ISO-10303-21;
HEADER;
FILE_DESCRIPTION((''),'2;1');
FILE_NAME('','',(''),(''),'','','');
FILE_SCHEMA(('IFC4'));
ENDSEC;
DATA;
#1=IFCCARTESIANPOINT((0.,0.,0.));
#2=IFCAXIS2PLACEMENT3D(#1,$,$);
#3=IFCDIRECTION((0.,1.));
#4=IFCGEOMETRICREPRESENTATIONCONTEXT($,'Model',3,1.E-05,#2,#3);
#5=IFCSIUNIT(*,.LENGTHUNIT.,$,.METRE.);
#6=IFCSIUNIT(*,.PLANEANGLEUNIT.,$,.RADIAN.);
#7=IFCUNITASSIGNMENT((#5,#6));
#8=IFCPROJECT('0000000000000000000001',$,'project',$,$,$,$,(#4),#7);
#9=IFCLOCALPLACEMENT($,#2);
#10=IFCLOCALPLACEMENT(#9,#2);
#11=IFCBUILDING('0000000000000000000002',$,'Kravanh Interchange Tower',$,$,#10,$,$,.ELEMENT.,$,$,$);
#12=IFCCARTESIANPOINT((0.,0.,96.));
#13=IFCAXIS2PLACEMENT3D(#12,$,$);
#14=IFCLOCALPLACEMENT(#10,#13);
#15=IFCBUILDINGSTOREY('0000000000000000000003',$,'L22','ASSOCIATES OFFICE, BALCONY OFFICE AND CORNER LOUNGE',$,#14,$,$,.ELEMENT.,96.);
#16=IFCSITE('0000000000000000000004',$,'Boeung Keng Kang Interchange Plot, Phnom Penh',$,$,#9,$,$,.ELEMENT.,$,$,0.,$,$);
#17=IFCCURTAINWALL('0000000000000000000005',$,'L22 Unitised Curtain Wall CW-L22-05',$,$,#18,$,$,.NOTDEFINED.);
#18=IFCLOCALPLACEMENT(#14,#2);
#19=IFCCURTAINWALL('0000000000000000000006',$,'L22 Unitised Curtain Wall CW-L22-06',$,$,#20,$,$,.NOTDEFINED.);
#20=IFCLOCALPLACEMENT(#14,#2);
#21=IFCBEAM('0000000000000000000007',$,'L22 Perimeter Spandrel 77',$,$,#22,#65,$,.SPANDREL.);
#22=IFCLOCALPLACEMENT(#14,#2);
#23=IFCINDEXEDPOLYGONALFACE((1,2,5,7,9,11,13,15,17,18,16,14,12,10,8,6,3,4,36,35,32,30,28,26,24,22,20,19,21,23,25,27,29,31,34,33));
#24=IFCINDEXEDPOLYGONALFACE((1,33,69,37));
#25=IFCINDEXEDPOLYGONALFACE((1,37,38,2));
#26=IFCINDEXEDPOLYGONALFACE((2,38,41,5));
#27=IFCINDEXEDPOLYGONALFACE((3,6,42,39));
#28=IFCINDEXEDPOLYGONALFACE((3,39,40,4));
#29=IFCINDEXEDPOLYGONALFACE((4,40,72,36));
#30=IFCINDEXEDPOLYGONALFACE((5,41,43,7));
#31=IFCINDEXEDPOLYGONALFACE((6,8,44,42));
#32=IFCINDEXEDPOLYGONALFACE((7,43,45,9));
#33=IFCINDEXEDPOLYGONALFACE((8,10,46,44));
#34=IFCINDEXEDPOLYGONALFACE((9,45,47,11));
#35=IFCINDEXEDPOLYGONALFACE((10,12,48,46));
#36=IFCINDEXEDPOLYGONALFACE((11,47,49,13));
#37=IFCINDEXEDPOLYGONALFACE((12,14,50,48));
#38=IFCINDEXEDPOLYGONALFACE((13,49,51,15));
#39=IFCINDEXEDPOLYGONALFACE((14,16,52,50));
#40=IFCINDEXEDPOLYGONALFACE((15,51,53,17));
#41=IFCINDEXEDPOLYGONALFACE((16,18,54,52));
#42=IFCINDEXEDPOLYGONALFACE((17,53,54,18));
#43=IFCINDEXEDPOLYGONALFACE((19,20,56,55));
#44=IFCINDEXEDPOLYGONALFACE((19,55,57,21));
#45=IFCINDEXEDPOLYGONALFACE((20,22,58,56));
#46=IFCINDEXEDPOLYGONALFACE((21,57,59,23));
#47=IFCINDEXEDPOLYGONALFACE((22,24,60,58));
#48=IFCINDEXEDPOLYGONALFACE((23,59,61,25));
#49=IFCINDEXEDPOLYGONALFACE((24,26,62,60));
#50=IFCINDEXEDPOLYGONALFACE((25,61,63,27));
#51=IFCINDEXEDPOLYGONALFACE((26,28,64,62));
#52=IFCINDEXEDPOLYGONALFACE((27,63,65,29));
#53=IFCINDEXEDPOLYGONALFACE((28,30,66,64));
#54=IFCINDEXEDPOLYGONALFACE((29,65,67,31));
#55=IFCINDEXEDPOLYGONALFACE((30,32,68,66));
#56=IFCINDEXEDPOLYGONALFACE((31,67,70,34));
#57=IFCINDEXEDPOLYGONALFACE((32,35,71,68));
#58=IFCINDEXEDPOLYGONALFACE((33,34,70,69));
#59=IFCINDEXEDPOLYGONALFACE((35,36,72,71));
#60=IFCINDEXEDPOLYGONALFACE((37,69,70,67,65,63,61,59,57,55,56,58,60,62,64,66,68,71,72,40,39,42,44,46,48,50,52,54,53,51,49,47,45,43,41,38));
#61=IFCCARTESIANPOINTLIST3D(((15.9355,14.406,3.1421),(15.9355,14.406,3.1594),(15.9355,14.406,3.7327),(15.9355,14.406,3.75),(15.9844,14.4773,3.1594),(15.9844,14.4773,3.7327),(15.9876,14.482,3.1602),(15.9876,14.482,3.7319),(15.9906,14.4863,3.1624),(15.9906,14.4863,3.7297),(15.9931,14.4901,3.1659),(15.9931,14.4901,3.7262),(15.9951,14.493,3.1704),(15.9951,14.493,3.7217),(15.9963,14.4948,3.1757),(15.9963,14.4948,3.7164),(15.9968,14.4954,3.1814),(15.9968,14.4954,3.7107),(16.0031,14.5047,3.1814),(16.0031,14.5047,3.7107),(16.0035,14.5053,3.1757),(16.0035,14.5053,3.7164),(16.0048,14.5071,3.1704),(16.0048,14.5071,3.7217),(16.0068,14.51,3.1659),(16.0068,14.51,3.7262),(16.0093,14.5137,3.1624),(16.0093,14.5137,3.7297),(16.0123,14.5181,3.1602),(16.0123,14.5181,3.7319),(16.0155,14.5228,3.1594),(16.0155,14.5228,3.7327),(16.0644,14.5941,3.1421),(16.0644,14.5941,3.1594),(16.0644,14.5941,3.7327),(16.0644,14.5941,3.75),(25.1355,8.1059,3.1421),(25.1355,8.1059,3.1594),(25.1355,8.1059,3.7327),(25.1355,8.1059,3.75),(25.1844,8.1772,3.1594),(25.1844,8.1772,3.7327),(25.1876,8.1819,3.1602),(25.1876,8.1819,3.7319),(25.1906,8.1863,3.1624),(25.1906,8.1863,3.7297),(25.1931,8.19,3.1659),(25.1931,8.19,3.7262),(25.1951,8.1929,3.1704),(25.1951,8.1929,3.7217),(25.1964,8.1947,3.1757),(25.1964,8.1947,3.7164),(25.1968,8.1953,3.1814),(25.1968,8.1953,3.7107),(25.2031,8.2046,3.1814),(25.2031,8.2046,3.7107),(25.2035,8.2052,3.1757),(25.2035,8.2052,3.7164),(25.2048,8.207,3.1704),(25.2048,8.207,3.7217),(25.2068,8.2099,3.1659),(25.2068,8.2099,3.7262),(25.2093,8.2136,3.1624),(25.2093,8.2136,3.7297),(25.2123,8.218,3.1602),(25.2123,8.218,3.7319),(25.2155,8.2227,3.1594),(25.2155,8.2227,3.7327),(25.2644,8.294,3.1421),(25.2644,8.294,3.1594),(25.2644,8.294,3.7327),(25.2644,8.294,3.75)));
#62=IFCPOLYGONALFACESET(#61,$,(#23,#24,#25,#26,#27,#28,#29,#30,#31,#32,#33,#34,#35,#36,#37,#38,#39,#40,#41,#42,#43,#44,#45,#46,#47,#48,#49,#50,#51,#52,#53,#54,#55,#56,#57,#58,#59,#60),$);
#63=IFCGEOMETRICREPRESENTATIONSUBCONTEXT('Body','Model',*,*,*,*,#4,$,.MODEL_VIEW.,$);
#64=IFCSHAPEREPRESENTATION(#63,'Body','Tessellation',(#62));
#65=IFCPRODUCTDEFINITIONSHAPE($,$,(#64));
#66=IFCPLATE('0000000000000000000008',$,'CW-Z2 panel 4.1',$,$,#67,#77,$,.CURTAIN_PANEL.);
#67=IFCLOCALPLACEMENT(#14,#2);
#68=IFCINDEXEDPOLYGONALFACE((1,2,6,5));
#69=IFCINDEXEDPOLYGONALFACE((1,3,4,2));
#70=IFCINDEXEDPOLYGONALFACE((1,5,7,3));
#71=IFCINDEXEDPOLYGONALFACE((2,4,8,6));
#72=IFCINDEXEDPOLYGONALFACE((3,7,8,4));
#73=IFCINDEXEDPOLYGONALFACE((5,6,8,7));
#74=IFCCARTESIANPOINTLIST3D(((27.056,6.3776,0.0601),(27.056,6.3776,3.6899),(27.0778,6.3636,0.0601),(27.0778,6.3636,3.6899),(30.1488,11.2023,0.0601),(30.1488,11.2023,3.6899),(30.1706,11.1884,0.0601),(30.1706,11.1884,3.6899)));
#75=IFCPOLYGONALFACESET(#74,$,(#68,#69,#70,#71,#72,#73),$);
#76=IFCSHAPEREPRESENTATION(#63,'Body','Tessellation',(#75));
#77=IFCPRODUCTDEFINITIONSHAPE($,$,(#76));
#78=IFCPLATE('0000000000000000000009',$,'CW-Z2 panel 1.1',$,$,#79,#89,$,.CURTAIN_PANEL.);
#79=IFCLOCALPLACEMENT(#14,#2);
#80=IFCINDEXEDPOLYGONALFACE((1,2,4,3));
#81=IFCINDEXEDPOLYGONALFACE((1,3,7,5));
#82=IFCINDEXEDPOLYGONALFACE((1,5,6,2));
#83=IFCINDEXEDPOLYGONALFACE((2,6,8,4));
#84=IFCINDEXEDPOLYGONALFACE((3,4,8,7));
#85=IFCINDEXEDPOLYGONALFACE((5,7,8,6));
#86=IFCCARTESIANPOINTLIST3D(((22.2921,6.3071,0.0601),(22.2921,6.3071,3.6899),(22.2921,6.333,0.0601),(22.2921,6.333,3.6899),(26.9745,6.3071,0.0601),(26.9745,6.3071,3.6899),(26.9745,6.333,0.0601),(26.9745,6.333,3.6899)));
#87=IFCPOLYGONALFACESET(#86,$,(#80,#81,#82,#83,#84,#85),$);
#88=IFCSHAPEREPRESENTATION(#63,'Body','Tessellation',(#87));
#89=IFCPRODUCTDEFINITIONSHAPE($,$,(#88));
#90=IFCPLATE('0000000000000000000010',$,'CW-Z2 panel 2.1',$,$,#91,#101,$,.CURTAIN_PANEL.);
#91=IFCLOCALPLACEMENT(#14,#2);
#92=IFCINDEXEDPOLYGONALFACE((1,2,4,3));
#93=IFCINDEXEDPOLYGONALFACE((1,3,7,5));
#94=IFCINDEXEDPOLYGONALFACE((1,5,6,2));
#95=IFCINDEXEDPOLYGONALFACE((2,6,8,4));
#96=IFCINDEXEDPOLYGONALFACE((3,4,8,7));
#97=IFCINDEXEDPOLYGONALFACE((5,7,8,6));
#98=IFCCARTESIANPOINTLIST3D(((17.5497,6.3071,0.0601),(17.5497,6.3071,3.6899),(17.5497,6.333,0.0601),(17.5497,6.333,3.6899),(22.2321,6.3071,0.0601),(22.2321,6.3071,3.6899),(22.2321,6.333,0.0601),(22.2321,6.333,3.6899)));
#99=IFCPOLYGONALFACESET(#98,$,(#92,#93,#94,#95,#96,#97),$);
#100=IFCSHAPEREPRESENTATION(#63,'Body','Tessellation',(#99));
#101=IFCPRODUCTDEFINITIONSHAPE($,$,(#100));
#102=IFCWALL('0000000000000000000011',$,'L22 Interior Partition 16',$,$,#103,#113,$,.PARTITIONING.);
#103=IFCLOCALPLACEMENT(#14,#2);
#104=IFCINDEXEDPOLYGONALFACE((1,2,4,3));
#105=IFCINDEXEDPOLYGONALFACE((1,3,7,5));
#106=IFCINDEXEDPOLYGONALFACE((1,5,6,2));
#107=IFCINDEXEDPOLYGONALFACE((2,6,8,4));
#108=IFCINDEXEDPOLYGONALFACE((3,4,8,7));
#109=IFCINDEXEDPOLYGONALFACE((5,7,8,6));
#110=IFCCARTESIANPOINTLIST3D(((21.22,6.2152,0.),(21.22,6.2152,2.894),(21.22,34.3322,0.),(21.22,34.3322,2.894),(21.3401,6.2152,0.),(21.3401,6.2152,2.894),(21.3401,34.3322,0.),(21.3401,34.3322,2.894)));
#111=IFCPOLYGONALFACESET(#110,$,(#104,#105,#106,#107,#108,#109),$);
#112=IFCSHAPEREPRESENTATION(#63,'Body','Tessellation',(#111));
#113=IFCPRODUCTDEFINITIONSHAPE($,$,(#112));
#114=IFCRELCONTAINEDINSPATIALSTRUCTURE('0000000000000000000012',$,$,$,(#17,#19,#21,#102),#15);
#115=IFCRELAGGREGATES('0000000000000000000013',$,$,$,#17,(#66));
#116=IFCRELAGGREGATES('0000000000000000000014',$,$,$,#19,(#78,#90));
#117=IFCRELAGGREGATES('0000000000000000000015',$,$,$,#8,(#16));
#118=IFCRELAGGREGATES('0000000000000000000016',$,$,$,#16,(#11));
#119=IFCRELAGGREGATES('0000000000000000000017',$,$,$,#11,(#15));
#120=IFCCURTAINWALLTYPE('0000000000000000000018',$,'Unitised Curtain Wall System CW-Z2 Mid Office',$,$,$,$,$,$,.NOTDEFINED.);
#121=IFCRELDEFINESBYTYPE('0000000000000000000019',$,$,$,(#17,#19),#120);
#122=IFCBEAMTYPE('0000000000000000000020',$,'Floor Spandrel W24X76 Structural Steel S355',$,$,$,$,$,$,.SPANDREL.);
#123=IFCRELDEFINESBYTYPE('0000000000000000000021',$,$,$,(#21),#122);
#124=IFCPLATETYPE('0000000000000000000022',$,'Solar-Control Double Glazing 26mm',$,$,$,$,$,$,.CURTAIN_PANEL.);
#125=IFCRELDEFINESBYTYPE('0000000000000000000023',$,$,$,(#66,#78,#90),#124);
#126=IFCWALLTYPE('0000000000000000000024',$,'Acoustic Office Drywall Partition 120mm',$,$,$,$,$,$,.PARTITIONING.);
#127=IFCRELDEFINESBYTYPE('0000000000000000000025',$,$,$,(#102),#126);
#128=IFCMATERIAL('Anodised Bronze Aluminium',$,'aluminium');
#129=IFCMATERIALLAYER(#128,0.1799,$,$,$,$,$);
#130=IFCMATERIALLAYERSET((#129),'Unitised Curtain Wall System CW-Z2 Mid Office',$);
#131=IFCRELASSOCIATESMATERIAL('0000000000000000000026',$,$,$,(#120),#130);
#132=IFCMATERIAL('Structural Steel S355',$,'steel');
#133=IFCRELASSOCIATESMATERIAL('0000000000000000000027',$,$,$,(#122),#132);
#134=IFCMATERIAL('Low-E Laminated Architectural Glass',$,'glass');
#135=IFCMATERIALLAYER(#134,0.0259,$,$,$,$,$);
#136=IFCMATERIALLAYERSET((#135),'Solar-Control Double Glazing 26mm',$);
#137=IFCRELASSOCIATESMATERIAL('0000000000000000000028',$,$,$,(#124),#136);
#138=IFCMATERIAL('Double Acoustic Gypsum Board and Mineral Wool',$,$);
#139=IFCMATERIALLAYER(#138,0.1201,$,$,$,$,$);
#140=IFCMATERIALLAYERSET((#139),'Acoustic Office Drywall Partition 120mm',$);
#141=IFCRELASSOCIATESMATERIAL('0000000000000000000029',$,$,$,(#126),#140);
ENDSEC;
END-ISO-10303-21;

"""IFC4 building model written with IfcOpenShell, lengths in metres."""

from ifc_helpers import new_model, si_unit, direction, frame, frame_2d, origin, origin_2d, place, context, subcontext, project, spatial, rectangle, i_section, extrude, material, layer, layer_set, material_profile, profile_set, type_object, element, aggregate, save


model = new_model("IFC4")

# Units and contexts
model_context = context("Model", 3, precision=1e-05, world=origin(), true_north=direction((0.0, 1.0)))
body_context = subcontext(model_context, "Body", "Model", "MODEL_VIEW")
ifc_project = project(units=[si_unit("LENGTHUNIT", "METRE"), si_unit("PLANEANGLEUNIT", "RADIAN")], contexts=[model_context])

# Site, building, storey
site_placement = place(None, origin())
site = spatial("IfcSite", under=ifc_project, at=site_placement, Name="Boeung Keng Kang Interchange Plot, Phnom Penh", CompositionType="ELEMENT", RefElevation=0.0)
building_placement = place(site_placement, origin())
building = spatial("IfcBuilding", under=site, at=building_placement, Name="Kravanh Interchange Tower", CompositionType="ELEMENT")
storey_placement = place(building_placement, frame((0.0, 0.0, 96.0)))
storey = spatial("IfcBuildingStorey", under=building, at=storey_placement, Name="L22", Description="ASSOCIATES OFFICE, BALCONY OFFICE AND CORNER LOUNGE", CompositionType="ELEMENT", Elevation=96.0)

# Curtain wall
ifc_material_1 = material(Name="Anodised Bronze Aluminium", Category="aluminium")
ifc_layer_1 = layer(ifc_material_1, 0.1799)
ifc_layer_set_1 = layer_set([ifc_layer_1], Name="Unitised Curtain Wall System CW-Z2 Mid Office")
curtain_wall_type = type_object("IfcCurtainWallType", Name="Unitised Curtain Wall System CW-Z2 Mid Office", PredefinedType="NOTDEFINED", material=ifc_layer_set_1)
curtain_wall_1_placement = place(storey_placement, origin())
curtain_wall_1 = element("IfcCurtainWall", 1, at=curtain_wall_1_placement, inside=storey, type_object=curtain_wall_type, Name="L22 Unitised Curtain Wall CW-L22-05", PredefinedType="NOTDEFINED")

# Curtain wall
curtain_wall_2_placement = place(storey_placement, origin())
curtain_wall_2 = element("IfcCurtainWall", 2, at=curtain_wall_2_placement, inside=storey, type_object=curtain_wall_type, Name="L22 Unitised Curtain Wall CW-L22-06", PredefinedType="NOTDEFINED")

# Beam
ifc_material_2 = material(Name="Structural Steel S355", Category="steel")
ifc_material_profile_1 = material_profile(ifc_material_2, i_section(OverallWidth=0.228, OverallDepth=0.6079, WebThickness=0.0112, FlangeThickness=0.0173, FilletRadius=0.022, at=origin_2d()), Name="W24X76")
ifc_profile_set_1 = profile_set([ifc_material_profile_1], Name="Structural Steel S355")
beam_type_1 = type_object("IfcBeamType", Name="Floor Spandrel W24X76 Structural Steel S355", PredefinedType="SPANDREL", material=ifc_profile_set_1)
beam_1_placement = place(storey_placement, frame((25.2, 8.2, 3.446), z_axis=(-0.825084, 0.56501, 0.0), x_axis=(-0.56501, -0.825084, 0.0)))
element("IfcBeam", 3, at=beam_1_placement, inside=storey, type_object=beam_type_1, Name="L22 Perimeter Spandrel 77", PredefinedType="SPANDREL", context=body_context, shape_type="SweptSolid", body=[
    extrude(i_section(OverallWidth=0.228, OverallDepth=0.6079, WebThickness=0.0112, FlangeThickness=0.0173, FilletRadius=0.022, at=origin_2d()), origin(), (0.0, 0.0, 1.0), 11.1504),
])

# Plates
ifc_material_3 = material(Name="Low-E Laminated Architectural Glass", Category="glass")
ifc_layer_2 = layer(ifc_material_3, 0.0259)
ifc_layer_set_2 = layer_set([ifc_layer_2], Name="Solar-Control Double Glazing 26mm")
plate_type = type_object("IfcPlateType", Name="Solar-Control Double Glazing 26mm", PredefinedType="CURTAIN_PANEL", material=ifc_layer_set_2)
plate_1_placement = place(storey_placement, frame((28.6133, 8.783, 0.0601), z_axis=(0.0, 0.0, 1.0), x_axis=(-0.539665, -0.84188, 0.0)))
plate_1 = element("IfcPlate", 4, at=plate_1_placement, type_object=plate_type, Name="CW-Z2 panel 4.1", PredefinedType="CURTAIN_PANEL", context=body_context, shape_type="SweptSolid", body=[
    extrude(rectangle(XDim=5.731, YDim=0.0259, at=origin_2d()), origin(), (0.0, 0.0, 1.0), 3.6299),
])
aggregate(curtain_wall_1, [plate_1])
plate_2_placement = place(storey_placement, frame((24.6333, 6.3201, 0.0601), z_axis=(0.0, 0.0, 1.0), x_axis=(-1.0, 0.0, 0.0)))
plate_2 = element("IfcPlate", 5, at=plate_2_placement, type_object=plate_type, Name="CW-Z2 panel 1.1", PredefinedType="CURTAIN_PANEL", context=body_context, shape_type="SweptSolid", body=[
    extrude(rectangle(XDim=4.6824, YDim=0.0259, at=origin_2d()), origin(), (0.0, 0.0, 1.0), 3.6299),
])
plate_3_placement = place(storey_placement, frame((19.8909, 6.3201, 0.0601), z_axis=(0.0, 0.0, 1.0), x_axis=(-1.0, 0.0, 0.0)))
plate_3 = element("IfcPlate", 6, at=plate_3_placement, type_object=plate_type, Name="CW-Z2 panel 2.1", PredefinedType="CURTAIN_PANEL", context=body_context, shape_type="SweptSolid", body=[
    extrude(rectangle(XDim=4.6824, YDim=0.0259, at=origin_2d()), origin(), (0.0, 0.0, 1.0), 3.6299),
])
aggregate(curtain_wall_2, [plate_2, plate_3])

# Wall
ifc_material_4 = material(Name="Double Acoustic Gypsum Board and Mineral Wool")
ifc_layer_3 = layer(ifc_material_4, 0.1201)
ifc_layer_set_3 = layer_set([ifc_layer_3], Name="Acoustic Office Drywall Partition 120mm")
wall_type = type_object("IfcWallType", Name="Acoustic Office Drywall Partition 120mm", PredefinedType="PARTITIONING", material=ifc_layer_set_3)
wall_placement = place(storey_placement, frame((21.28, 6.2151, 0.0), z_axis=(0.0, 0.0, 1.0), x_axis=(0.0, 1.0, 0.0)))
element("IfcWall", 7, at=wall_placement, inside=storey, type_object=wall_type, Name="L22 Interior Partition 16", PredefinedType="PARTITIONING", context=body_context, shape_type="SweptSolid", body=[
    extrude(rectangle(XDim=28.1169, YDim=0.1201, at=frame_2d((14.0586, 0.0))), origin(), (0.0, 0.0, 1.0), 2.894),
])

save(model, "model.ifc")
